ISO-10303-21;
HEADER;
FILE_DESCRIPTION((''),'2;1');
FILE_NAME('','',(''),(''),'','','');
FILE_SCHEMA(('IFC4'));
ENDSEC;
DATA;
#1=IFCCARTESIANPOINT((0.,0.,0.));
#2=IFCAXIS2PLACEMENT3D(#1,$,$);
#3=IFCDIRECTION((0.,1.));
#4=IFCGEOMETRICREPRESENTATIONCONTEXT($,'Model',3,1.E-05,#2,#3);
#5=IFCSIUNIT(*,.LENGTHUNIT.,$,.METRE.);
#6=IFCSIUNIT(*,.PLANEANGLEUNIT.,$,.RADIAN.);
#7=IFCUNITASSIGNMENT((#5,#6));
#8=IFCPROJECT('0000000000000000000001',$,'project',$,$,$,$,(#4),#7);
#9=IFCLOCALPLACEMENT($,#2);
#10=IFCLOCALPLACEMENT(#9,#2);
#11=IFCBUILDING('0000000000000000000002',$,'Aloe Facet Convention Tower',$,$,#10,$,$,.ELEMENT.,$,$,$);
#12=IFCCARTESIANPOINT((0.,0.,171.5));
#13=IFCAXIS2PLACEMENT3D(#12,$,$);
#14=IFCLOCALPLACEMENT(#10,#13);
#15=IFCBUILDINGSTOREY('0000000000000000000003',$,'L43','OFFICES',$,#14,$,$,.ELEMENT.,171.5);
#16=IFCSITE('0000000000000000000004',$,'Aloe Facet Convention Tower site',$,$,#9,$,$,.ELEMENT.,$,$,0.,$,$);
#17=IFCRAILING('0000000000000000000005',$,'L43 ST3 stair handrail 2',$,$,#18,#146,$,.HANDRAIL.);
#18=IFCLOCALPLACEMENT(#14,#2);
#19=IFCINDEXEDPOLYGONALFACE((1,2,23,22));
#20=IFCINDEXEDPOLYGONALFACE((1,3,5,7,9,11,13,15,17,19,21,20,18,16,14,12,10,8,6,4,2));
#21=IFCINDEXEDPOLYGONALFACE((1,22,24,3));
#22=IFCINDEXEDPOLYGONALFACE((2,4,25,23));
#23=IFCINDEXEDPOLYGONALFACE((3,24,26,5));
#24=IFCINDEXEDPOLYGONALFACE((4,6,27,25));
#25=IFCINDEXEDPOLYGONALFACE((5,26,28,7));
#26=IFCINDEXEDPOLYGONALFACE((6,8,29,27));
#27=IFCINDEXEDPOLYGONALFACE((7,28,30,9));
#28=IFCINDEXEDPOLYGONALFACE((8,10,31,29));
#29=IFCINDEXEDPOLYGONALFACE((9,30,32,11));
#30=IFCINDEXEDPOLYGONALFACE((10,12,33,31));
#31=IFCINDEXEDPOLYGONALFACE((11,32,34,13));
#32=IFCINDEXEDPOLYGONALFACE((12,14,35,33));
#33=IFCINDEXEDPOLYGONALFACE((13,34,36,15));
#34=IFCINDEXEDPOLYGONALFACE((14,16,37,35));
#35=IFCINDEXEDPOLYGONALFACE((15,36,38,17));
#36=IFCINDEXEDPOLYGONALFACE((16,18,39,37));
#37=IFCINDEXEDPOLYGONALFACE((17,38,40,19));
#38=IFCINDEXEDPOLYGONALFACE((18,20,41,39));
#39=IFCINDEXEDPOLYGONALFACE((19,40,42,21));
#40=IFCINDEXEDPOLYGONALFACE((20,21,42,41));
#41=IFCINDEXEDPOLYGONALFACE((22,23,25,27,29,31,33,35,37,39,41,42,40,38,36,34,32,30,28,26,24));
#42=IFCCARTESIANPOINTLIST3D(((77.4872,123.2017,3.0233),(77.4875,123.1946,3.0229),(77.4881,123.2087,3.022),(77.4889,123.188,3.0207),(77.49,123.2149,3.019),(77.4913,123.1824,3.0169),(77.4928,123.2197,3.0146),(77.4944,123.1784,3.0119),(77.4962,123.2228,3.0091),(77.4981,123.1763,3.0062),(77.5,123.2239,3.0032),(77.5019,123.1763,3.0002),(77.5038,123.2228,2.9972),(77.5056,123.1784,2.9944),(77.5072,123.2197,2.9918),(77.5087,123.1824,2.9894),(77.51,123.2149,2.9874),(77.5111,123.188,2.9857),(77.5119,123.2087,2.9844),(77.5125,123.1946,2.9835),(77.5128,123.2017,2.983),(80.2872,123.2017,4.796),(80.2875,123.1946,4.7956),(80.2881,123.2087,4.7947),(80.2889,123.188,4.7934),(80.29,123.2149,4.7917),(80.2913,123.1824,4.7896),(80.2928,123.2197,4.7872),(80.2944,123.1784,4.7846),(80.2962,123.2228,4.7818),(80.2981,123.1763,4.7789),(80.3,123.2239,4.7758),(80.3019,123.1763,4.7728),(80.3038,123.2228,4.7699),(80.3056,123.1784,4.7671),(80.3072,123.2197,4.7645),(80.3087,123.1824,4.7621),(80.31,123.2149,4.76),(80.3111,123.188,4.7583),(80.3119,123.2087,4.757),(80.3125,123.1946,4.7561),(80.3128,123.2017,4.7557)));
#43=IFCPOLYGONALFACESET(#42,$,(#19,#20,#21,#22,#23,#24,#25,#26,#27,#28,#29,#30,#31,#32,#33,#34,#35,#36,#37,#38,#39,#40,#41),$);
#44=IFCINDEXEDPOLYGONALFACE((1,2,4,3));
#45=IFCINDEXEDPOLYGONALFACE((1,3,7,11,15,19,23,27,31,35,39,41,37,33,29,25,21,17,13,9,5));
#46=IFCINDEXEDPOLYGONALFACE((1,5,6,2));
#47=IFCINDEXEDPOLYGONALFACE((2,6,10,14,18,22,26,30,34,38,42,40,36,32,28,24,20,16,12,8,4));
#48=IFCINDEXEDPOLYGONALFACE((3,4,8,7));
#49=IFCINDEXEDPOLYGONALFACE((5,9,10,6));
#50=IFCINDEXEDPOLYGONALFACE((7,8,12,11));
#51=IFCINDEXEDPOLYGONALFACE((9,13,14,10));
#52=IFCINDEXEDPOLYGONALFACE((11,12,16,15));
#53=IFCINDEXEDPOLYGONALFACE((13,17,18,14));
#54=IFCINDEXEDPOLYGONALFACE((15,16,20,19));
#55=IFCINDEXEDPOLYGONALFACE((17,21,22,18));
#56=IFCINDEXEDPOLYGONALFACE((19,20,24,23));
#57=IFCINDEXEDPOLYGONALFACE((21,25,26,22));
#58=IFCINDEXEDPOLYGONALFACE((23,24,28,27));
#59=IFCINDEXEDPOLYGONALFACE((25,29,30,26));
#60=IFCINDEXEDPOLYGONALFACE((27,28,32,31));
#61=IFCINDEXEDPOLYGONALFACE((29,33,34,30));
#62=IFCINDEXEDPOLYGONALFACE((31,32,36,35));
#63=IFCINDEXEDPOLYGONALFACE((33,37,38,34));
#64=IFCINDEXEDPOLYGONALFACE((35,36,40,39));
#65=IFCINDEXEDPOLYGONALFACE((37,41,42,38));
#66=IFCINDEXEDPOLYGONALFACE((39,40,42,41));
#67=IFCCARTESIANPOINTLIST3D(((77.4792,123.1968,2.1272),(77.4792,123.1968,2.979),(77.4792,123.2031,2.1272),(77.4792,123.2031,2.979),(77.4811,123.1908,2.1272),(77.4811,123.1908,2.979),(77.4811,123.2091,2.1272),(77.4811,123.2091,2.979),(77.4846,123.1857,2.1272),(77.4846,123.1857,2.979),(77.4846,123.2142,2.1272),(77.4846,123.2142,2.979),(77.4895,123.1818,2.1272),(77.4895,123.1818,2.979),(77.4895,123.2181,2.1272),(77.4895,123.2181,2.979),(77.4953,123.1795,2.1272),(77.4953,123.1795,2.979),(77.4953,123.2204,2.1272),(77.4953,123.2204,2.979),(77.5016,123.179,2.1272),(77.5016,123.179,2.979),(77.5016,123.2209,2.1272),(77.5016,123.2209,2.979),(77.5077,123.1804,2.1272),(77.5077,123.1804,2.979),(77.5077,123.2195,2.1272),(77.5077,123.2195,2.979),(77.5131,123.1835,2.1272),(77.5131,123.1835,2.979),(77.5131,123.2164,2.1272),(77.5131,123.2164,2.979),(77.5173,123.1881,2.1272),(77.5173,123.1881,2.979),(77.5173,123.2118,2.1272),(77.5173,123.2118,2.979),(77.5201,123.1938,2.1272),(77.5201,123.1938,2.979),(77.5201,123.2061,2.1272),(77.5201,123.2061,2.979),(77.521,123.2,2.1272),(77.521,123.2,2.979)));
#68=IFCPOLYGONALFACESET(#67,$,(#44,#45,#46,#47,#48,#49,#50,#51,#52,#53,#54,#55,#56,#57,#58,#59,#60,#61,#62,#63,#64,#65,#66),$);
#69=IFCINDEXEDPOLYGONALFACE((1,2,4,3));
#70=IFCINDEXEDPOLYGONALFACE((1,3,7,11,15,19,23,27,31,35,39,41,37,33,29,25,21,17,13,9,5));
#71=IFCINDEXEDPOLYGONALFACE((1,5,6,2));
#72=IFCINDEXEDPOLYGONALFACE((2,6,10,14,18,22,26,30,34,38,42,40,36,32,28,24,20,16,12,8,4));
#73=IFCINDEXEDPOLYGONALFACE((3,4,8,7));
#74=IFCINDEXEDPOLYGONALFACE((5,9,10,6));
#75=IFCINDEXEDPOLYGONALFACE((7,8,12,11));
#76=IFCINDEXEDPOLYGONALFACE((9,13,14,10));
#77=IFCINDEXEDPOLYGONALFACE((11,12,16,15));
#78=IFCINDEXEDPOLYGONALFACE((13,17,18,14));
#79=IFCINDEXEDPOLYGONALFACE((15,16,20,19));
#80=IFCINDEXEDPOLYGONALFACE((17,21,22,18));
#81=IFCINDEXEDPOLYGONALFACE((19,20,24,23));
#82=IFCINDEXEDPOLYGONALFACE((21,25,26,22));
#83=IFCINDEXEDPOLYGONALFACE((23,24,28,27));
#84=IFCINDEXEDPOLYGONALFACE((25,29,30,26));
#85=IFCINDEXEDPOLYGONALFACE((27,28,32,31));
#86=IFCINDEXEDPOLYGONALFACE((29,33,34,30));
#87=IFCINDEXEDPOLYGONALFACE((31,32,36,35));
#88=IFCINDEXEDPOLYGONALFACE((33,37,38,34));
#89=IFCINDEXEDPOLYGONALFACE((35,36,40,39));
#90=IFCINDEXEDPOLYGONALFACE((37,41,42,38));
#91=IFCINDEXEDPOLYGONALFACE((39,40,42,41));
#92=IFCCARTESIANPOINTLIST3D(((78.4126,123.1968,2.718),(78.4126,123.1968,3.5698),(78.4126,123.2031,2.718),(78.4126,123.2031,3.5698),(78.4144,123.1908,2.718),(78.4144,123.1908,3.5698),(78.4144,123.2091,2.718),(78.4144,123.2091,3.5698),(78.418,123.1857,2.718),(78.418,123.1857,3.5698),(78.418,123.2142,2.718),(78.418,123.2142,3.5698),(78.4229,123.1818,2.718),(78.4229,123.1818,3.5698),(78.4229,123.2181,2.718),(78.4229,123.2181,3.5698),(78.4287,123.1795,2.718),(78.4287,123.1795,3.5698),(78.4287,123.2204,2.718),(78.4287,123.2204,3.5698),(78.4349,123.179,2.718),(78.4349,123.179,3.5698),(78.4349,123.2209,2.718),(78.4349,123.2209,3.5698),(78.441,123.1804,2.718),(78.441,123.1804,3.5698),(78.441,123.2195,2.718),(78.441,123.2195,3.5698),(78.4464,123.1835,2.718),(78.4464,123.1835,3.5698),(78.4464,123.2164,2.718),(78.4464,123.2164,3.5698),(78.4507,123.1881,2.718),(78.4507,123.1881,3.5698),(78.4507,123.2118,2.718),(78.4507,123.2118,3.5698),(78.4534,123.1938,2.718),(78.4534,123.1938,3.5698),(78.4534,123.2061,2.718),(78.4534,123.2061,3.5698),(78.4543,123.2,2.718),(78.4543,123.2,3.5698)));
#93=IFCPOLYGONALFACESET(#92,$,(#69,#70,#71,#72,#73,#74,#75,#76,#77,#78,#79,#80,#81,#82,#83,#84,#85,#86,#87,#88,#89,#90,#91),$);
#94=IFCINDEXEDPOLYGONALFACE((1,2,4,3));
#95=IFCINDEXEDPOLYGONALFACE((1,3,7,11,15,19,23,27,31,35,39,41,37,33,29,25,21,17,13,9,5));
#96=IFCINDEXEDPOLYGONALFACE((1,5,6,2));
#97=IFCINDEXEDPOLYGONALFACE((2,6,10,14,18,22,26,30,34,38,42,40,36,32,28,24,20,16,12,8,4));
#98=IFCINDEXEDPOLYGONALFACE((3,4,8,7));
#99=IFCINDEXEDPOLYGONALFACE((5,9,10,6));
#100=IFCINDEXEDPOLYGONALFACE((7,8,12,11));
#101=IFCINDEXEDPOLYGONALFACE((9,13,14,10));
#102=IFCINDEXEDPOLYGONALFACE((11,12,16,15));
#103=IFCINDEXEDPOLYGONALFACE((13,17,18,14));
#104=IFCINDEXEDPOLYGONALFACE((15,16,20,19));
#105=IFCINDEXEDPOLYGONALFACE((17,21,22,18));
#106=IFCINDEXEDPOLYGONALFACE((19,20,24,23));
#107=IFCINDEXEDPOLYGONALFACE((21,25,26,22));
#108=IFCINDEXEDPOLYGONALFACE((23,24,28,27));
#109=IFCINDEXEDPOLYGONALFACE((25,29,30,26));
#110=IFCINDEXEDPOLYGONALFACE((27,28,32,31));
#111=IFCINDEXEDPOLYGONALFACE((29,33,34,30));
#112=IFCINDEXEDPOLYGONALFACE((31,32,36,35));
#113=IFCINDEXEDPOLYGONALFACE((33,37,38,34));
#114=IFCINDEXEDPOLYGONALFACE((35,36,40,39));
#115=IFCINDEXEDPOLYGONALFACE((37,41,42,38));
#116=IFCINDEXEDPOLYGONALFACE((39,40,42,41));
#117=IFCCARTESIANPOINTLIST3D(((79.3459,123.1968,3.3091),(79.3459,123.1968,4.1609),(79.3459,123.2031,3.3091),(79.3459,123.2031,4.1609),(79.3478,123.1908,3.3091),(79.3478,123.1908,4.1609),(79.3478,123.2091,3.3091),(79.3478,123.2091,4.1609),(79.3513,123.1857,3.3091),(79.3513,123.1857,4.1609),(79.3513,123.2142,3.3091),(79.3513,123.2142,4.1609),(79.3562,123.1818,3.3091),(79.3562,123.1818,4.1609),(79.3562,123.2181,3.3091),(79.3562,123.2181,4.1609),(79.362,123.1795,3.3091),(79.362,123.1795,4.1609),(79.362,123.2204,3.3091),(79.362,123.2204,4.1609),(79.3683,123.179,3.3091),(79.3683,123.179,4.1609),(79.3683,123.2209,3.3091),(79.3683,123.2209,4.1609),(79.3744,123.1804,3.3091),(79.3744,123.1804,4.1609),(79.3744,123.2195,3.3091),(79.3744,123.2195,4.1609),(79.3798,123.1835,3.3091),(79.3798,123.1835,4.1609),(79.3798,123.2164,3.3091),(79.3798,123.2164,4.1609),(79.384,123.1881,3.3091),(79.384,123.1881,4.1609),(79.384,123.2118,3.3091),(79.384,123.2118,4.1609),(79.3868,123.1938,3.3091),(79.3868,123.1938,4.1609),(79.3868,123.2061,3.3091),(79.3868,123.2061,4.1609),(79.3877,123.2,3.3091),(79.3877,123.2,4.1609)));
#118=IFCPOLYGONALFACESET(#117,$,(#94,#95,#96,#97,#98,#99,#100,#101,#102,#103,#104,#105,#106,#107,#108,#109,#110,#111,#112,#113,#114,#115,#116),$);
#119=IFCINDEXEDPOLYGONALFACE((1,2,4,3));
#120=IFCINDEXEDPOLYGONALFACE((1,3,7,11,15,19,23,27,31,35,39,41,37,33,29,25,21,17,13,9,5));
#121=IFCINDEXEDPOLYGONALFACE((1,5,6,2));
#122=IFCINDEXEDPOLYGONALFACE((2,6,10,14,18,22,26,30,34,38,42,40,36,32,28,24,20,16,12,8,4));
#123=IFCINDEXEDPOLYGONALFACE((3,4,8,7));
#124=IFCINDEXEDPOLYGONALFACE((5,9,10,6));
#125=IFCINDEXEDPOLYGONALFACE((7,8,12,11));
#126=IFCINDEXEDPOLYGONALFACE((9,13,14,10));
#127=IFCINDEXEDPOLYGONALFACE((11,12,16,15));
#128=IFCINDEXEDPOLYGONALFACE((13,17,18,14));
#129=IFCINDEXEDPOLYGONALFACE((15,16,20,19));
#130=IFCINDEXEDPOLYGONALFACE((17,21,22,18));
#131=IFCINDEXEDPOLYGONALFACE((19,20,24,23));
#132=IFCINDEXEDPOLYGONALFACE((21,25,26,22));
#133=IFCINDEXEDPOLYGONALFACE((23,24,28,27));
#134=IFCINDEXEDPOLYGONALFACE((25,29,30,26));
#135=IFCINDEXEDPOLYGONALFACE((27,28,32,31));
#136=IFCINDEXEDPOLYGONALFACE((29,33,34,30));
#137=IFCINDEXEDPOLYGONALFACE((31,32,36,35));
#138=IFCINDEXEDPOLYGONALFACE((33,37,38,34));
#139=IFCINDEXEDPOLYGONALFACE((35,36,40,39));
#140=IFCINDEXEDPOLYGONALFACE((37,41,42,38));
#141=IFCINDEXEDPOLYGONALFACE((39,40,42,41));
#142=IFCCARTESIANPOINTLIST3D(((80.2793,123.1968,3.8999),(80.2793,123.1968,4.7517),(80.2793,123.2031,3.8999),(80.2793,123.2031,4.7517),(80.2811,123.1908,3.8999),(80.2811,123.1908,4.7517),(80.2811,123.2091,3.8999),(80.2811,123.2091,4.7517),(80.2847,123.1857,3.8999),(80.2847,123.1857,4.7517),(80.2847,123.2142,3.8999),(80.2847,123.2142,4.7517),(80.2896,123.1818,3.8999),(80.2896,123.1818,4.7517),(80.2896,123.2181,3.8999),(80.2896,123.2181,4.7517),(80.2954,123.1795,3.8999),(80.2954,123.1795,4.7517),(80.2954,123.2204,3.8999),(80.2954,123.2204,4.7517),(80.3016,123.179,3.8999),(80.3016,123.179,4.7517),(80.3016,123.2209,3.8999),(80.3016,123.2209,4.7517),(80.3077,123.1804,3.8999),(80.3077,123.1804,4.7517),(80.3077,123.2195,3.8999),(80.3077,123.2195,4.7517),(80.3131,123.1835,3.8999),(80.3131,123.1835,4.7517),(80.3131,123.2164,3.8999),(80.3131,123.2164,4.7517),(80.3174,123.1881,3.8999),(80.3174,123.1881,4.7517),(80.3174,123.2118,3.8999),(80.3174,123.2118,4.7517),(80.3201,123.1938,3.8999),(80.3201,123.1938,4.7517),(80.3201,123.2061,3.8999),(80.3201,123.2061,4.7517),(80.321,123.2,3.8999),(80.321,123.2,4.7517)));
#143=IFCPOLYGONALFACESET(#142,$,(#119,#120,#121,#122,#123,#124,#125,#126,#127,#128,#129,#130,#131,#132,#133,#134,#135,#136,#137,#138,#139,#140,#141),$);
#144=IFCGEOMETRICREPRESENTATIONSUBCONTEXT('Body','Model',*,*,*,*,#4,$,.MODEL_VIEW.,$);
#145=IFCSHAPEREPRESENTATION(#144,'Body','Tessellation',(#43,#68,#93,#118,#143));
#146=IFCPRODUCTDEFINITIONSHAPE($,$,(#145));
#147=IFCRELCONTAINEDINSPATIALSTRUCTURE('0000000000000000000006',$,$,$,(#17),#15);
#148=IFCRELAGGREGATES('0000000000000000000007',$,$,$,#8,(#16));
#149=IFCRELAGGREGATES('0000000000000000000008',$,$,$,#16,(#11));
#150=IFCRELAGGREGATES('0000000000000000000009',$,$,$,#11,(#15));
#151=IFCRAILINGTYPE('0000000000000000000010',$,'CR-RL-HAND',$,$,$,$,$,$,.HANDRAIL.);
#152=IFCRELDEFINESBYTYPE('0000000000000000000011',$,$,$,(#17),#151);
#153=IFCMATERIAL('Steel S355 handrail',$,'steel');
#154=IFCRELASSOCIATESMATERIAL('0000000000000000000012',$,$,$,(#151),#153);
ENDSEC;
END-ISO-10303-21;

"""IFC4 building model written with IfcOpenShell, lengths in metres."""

from ifc_helpers import new_model, si_unit, direction, frame, origin, origin_2d, place, context, subcontext, project, spatial, circle, extrude, material, type_object, element, save


model = new_model("IFC4")

# Units and contexts
model_context = context("Model", 3, precision=1e-05, world=origin(), true_north=direction((0.0, 1.0)))
body_context = subcontext(model_context, "Body", "Model", "MODEL_VIEW")
ifc_project = project(units=[si_unit("LENGTHUNIT", "METRE"), si_unit("PLANEANGLEUNIT", "RADIAN")], contexts=[model_context])

# Site, building, storey
site_placement = place(None, origin())
site = spatial("IfcSite", under=ifc_project, at=site_placement, Name="Aloe Facet Convention Tower site", CompositionType="ELEMENT", RefElevation=0.0)
building_placement = place(site_placement, origin())
building = spatial("IfcBuilding", under=site, at=building_placement, Name="Aloe Facet Convention Tower", CompositionType="ELEMENT")
storey_placement = place(building_placement, frame((0.0, 0.0, 171.5)))
storey = spatial("IfcBuildingStorey", under=building, at=storey_placement, Name="L43", Description="OFFICES", CompositionType="ELEMENT", Elevation=171.5)

# Railing
ifc_material_1 = material(Name="Steel S355 handrail", Category="steel")
railing_type_1 = type_object("IfcRailingType", Name="CR-RL-HAND", PredefinedType="HANDRAIL", material=ifc_material_1)
railing_1_placement = place(storey_placement, frame((77.5, 123.2, 2.1272)))
element("IfcRailing", 1, at=railing_1_placement, inside=storey, type_object=railing_type_1, Name="L43 ST3 stair handrail 2", PredefinedType="HANDRAIL", context=body_context, shape_type="SweptSolid", body=[
    extrude(circle(Radius=0.0239, at=origin_2d()), frame((0.0, 0.0, 0.876), z_axis=(0.844909, 0.0, 0.53491), x_axis=(0.0, 1.0, 0.0)), (0.0, 0.0, 1.0), 3.314),
    extrude(circle(Radius=0.021, at=origin_2d()), origin(), (0.0, 0.0, 1.0), 0.8518),
    extrude(circle(Radius=0.021, at=origin_2d()), frame((0.9333, 0.0, 0.5908)), (0.0, 0.0, 1.0), 0.8518),
    extrude(circle(Radius=0.021, at=origin_2d()), frame((1.8667, 0.0, 1.1819)), (0.0, 0.0, 1.0), 0.8518),
    extrude(circle(Radius=0.021, at=origin_2d()), frame((2.8, 0.0, 1.7727)), (0.0, 0.0, 1.0), 0.8518),
])

save(model, "model.ifc")
